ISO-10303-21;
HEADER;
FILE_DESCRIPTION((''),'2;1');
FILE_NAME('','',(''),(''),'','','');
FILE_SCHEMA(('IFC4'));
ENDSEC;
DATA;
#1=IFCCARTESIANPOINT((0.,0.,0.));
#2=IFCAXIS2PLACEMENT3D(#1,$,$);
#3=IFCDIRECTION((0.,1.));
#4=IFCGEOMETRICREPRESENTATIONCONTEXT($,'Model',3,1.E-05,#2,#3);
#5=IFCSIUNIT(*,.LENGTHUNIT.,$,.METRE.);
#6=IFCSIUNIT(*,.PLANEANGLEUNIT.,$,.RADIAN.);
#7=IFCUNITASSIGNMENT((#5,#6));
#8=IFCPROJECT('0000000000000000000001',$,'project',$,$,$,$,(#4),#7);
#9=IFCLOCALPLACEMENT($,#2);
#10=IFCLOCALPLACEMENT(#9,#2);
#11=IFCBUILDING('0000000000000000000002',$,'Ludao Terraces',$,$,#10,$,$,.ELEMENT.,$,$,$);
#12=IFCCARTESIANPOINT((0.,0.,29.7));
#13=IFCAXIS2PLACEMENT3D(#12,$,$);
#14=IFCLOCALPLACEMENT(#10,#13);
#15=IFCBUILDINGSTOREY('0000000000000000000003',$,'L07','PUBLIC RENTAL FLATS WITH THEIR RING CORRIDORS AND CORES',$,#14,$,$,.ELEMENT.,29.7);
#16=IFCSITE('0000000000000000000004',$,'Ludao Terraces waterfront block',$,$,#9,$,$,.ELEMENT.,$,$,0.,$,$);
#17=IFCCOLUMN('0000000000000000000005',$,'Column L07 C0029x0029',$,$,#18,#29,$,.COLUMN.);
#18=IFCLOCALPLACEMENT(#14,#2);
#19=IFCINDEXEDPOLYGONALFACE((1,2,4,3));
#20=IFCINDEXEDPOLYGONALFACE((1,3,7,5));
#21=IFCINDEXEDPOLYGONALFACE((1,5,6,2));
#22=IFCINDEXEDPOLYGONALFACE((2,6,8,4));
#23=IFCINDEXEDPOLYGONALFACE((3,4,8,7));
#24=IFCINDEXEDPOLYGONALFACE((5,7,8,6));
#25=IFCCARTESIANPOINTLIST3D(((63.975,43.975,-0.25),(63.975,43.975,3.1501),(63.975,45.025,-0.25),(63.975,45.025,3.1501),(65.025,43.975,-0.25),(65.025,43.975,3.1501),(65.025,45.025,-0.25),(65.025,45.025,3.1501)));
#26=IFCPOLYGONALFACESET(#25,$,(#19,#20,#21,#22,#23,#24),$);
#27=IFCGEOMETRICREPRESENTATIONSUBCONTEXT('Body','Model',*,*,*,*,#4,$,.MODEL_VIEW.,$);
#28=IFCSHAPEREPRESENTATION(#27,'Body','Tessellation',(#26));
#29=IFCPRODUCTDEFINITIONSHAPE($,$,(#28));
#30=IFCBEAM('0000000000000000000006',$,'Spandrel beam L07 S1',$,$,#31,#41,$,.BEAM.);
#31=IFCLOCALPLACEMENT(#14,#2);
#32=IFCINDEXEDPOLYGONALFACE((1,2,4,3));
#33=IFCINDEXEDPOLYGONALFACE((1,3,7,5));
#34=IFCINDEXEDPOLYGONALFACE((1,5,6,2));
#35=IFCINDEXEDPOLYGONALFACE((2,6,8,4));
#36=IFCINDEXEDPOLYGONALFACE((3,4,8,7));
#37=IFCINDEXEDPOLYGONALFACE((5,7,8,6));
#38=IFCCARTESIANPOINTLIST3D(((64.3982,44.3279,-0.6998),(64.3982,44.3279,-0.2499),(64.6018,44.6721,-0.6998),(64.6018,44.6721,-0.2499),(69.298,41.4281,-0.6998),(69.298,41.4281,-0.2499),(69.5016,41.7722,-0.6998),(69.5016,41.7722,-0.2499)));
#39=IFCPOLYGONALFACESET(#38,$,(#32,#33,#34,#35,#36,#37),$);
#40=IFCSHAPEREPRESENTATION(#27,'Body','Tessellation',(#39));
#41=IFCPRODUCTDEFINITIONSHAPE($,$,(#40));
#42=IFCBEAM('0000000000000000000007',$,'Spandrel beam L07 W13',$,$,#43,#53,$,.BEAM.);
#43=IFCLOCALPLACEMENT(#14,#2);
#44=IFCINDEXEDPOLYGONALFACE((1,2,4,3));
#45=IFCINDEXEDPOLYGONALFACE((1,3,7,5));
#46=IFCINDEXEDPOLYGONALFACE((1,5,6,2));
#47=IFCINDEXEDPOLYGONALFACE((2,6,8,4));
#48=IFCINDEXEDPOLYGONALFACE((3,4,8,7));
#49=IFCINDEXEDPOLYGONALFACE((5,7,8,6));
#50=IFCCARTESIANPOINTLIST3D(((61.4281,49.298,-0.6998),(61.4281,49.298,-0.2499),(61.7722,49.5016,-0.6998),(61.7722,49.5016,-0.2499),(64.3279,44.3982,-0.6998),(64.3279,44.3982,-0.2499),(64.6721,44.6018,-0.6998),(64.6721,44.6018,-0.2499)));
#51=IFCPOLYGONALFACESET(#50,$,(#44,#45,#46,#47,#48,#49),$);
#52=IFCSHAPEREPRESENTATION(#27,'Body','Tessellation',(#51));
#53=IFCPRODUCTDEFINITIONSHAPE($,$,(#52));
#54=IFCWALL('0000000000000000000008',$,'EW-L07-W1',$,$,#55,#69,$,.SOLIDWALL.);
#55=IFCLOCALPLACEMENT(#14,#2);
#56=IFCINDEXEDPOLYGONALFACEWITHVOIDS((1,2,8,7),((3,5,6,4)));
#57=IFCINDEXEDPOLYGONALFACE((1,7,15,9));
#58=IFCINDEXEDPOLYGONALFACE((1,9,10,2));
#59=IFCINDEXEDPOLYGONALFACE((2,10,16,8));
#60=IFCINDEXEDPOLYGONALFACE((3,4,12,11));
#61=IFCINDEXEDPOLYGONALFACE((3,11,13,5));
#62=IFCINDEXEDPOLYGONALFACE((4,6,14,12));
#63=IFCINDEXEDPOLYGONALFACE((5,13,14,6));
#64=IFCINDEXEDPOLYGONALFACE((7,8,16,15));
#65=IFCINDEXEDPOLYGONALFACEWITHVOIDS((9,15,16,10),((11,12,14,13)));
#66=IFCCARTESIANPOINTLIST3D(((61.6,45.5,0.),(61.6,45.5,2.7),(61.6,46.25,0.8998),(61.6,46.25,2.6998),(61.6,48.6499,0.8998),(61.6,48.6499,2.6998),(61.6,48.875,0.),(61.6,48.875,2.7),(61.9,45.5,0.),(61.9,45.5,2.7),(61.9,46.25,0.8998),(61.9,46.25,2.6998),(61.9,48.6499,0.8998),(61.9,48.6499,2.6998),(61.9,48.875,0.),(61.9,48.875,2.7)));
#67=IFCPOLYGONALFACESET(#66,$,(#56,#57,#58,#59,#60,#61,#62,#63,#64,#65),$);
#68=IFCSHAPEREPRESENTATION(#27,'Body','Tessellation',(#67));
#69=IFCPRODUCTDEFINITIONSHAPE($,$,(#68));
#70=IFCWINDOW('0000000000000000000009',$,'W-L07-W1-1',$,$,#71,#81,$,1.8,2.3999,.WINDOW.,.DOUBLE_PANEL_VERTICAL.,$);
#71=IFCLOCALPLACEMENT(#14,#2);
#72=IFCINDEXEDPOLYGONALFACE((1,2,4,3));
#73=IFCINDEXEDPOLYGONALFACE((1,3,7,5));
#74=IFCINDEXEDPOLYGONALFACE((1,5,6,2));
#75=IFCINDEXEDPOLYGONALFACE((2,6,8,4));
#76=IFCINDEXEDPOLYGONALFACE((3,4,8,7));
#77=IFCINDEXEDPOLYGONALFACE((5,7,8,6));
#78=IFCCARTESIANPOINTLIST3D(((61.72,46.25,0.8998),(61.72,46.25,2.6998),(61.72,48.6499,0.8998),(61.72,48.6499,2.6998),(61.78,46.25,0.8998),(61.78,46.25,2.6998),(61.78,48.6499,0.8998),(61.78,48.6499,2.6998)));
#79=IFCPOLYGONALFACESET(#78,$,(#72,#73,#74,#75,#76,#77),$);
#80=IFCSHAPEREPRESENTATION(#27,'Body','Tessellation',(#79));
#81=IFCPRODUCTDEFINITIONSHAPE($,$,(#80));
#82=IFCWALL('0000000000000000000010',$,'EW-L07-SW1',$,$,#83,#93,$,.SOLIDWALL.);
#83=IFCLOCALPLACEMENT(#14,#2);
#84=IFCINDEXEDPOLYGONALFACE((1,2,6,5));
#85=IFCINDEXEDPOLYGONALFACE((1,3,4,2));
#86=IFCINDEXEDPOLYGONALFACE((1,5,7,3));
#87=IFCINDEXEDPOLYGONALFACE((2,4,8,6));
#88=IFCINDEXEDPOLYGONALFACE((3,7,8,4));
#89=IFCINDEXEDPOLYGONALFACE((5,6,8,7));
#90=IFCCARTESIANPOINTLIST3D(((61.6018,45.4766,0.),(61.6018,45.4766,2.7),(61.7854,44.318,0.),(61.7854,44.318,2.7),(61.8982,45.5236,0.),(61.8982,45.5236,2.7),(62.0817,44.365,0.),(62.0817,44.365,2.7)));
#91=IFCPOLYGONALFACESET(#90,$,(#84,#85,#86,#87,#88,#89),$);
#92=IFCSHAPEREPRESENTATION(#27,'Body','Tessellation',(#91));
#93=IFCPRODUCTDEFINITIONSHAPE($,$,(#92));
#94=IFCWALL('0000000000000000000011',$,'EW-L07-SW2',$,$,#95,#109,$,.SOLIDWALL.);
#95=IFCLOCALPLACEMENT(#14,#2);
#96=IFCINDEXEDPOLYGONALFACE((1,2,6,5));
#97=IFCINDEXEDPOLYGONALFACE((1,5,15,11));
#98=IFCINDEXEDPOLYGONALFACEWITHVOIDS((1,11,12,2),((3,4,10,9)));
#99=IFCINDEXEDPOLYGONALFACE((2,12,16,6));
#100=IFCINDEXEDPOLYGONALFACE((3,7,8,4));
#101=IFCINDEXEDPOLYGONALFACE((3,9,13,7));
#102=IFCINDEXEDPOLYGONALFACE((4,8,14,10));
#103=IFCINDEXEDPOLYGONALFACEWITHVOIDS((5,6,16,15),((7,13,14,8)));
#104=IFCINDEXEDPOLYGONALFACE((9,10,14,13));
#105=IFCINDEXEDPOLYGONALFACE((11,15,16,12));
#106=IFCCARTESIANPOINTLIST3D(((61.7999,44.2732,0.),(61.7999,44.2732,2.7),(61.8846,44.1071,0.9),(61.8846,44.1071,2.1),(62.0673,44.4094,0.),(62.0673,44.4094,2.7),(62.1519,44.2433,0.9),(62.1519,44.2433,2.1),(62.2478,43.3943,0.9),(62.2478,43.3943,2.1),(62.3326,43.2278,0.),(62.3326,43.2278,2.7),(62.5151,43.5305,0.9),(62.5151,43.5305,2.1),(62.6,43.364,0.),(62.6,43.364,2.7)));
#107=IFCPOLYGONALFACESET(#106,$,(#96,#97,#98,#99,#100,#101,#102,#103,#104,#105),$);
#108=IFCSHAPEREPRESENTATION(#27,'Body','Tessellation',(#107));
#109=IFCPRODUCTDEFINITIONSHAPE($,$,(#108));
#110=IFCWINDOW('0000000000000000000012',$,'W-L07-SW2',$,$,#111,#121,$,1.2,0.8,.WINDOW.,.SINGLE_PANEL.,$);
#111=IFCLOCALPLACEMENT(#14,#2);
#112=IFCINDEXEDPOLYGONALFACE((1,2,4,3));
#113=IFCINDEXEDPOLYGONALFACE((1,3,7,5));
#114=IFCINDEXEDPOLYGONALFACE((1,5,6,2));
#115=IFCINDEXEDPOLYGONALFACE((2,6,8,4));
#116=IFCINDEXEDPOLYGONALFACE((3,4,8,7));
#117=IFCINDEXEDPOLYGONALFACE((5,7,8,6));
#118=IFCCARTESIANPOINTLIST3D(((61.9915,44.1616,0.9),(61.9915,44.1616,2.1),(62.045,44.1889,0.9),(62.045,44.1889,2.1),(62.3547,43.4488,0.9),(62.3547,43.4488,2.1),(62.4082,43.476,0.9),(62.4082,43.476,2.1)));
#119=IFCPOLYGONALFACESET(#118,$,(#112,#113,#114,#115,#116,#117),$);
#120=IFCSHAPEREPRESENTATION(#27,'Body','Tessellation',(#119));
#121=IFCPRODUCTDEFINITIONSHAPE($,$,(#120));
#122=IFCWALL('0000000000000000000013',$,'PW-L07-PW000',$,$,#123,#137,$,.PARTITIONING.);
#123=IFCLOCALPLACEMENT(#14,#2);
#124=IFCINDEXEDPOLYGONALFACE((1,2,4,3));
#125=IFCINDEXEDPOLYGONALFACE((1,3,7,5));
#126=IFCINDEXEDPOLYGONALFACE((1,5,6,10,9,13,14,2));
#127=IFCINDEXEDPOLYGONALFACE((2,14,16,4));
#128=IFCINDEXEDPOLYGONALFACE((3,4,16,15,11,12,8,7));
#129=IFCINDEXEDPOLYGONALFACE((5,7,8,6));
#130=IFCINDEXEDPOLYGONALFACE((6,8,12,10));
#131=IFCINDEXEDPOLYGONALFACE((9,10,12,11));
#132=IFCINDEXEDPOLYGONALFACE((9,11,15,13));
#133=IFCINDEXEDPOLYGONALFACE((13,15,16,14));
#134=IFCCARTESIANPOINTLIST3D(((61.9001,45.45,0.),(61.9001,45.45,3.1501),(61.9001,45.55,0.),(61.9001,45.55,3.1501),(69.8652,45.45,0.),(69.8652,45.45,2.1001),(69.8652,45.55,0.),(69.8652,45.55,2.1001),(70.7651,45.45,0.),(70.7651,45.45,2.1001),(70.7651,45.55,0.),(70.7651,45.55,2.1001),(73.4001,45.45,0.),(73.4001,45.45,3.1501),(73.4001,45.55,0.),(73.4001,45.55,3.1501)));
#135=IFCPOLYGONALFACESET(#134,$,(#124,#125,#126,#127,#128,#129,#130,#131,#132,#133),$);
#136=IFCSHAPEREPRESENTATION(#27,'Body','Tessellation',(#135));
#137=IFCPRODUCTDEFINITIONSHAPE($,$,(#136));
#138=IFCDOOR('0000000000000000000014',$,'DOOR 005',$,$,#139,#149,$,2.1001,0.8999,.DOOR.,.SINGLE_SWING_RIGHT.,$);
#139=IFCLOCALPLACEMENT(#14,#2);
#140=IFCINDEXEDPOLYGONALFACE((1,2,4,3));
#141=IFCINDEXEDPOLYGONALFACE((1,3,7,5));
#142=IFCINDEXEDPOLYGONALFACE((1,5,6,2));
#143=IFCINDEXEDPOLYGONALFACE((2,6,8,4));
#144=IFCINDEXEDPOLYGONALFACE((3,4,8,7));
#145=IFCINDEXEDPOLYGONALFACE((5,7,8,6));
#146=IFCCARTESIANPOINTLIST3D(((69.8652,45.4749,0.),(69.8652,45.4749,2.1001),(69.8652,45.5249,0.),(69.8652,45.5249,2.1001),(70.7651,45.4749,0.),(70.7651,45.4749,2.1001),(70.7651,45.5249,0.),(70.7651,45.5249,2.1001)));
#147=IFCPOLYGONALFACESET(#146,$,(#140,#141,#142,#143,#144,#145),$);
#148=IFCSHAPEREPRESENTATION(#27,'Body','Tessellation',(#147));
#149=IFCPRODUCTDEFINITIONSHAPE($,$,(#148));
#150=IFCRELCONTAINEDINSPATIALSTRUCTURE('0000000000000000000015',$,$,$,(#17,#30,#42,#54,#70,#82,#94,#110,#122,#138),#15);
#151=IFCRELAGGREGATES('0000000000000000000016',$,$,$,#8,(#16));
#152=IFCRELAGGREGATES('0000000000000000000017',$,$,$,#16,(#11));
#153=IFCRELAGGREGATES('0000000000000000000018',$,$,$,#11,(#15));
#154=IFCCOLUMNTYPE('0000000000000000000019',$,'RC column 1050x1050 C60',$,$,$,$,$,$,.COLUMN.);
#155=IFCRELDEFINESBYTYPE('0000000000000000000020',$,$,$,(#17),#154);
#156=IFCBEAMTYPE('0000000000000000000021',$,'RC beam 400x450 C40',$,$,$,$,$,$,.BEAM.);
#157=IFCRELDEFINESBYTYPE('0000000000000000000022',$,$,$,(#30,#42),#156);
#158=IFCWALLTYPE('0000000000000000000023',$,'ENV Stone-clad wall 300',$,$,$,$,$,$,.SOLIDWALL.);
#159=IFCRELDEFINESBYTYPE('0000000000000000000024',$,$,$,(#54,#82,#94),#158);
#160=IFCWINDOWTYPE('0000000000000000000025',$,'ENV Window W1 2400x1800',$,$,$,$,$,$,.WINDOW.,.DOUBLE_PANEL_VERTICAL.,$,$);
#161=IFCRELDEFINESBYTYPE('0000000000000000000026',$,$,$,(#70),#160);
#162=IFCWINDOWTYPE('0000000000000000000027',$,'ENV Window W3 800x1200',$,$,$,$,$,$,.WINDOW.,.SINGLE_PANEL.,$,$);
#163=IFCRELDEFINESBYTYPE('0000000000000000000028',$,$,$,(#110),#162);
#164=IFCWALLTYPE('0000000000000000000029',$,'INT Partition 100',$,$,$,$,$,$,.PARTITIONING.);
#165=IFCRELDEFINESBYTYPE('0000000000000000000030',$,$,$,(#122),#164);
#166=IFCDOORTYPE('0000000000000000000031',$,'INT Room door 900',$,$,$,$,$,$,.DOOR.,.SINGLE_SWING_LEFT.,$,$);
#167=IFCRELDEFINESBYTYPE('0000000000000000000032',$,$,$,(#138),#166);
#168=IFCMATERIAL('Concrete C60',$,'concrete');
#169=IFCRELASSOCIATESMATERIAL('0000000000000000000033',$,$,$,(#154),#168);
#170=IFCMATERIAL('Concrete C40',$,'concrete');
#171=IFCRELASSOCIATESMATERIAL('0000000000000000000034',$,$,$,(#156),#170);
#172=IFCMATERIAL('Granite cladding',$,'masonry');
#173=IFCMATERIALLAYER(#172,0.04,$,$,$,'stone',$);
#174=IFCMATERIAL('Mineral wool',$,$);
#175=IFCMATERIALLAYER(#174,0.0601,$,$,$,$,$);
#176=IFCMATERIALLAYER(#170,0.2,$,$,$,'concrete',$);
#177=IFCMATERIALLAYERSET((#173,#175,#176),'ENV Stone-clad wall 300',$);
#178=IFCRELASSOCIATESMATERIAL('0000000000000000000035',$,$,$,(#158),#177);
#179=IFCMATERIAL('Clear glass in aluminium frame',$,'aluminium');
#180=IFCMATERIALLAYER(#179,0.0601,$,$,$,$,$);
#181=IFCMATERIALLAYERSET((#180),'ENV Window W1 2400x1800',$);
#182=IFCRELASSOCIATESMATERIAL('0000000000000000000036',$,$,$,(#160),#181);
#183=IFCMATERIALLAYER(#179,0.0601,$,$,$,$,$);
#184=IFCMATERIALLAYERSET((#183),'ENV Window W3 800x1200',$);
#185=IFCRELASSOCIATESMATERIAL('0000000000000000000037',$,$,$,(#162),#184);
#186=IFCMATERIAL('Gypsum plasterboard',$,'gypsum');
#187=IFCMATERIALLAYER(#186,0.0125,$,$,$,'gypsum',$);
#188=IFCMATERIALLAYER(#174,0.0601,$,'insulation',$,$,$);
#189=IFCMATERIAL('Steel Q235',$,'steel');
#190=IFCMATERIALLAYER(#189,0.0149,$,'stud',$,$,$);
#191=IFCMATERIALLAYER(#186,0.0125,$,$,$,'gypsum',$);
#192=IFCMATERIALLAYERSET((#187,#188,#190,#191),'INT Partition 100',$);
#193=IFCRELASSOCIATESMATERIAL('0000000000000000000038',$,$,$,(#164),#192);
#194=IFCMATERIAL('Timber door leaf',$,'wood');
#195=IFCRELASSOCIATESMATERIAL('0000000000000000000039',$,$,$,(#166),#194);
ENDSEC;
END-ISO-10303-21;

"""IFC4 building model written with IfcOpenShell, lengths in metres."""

from ifc_helpers import new_model, si_unit, direction, frame, frame_2d, origin, origin_2d, place, context, subcontext, project, spatial, rectangle, extrude, material, layer, layer_set, material_profile, profile_set, type_object, element, fill, save


model = new_model("IFC4")

# Units and contexts
model_context = context("Model", 3, precision=1e-05, world=origin(), true_north=direction((0.0, 1.0)))
body_context = subcontext(model_context, "Body", "Model", "MODEL_VIEW")
ifc_project = project(units=[si_unit("LENGTHUNIT", "METRE"), si_unit("PLANEANGLEUNIT", "RADIAN")], contexts=[model_context])

# Site, building, storey
site_placement = place(None, origin())
site = spatial("IfcSite", under=ifc_project, at=site_placement, Name="Ludao Terraces waterfront block", CompositionType="ELEMENT", RefElevation=0.0)
building_placement = place(site_placement, origin())
building = spatial("IfcBuilding", under=site, at=building_placement, Name="Ludao Terraces", CompositionType="ELEMENT")
storey_placement = place(building_placement, frame((0.0, 0.0, 29.7)))
storey = spatial("IfcBuildingStorey", under=building, at=storey_placement, Name="L07", Description="PUBLIC RENTAL FLATS WITH THEIR RING CORRIDORS AND CORES", CompositionType="ELEMENT", Elevation=29.7)

# Column
ifc_material_1 = material(Name="Concrete C60", Category="concrete")
ifc_material_profile_1 = material_profile(ifc_material_1, rectangle(XDim=1.05, YDim=1.05, at=origin_2d()), Name="1050 X 1050")
ifc_profile_set_1 = profile_set([ifc_material_profile_1], Name="Concrete C60")
column_type = type_object("IfcColumnType", Name="RC column 1050x1050 C60", PredefinedType="COLUMN", material=ifc_profile_set_1)
column_placement = place(storey_placement, frame((64.5, 44.5, -0.25), z_axis=(0.0, 0.0, 1.0), x_axis=(1.0, 0.0, 0.0)))
element("IfcColumn", 1, at=column_placement, inside=storey, type_object=column_type, Name="Column L07 C0029x0029", PredefinedType="COLUMN", context=body_context, shape_type="SweptSolid", body=[
    extrude(rectangle(XDim=1.05, YDim=1.05, at=origin_2d()), origin(), (0.0, 0.0, 1.0), 3.4001),
])

# Beams
ifc_material_2 = material(Name="Concrete C40", Category="concrete")
ifc_material_profile_2 = material_profile(ifc_material_2, rectangle(XDim=0.3999, YDim=0.45, at=origin_2d()), Name="400 X 450")
ifc_profile_set_2 = profile_set([ifc_material_profile_2], Name="Concrete C40")
beam_type = type_object("IfcBeamType", Name="RC beam 400x450 C40", PredefinedType="BEAM", material=ifc_profile_set_2)
for number, where, z_axis, x_axis, name in (
    (2, (64.5, 44.5, -0.4749), (0.86058, -0.509316, 0.0), (0.509316, 0.86058, 0.0), "Spandrel beam L07 S1"),
    (3, (64.5, 44.5, -0.4749), (-0.509316, 0.86058, 0.0), (-0.86058, -0.509316, 0.0), "Spandrel beam L07 W13"),
):
    element("IfcBeam", number, at=place(storey_placement, frame(where, z_axis=z_axis, x_axis=x_axis)), inside=storey, type_object=beam_type, Name=name, PredefinedType="BEAM", context=body_context, shape_type="SweptSolid", body=[
        extrude(rectangle(XDim=0.3999, YDim=0.45, at=origin_2d()), origin(), (0.0, 0.0, 1.0), 5.6936),
    ])

# Wall, opening, window
ifc_material_3 = material(Name="Granite cladding", Category="masonry")
ifc_layer_1 = layer(ifc_material_3, 0.04, Category="stone")
ifc_material_4 = material(Name="Mineral wool")
ifc_layer_2 = layer(ifc_material_4, 0.0601)
ifc_layer_3 = layer(ifc_material_2, 0.2, Category="concrete")
ifc_layer_set_1 = layer_set([ifc_layer_1, ifc_layer_2, ifc_layer_3], Name="ENV Stone-clad wall 300")
wall_type_1 = type_object("IfcWallType", Name="ENV Stone-clad wall 300", PredefinedType="SOLIDWALL", material=ifc_layer_set_1)
wall_1_placement = place(storey_placement, frame((61.75, 45.5, 0.0), z_axis=(0.0, 0.0, 1.0), x_axis=(0.0, 1.0, 0.0)))
wall_1 = element("IfcWall", 4, at=wall_1_placement, inside=storey, type_object=wall_type_1, Name="EW-L07-W1", PredefinedType="SOLIDWALL", context=body_context, shape_type="SweptSolid", body=[
    extrude(rectangle(XDim=3.375, YDim=0.3, at=frame_2d((1.6875, 0.0))), origin(), (0.0, 0.0, 1.0), 2.7),
])
opening_1_placement = place(wall_1_placement, frame((0.75, 0.0, 0.8999)))
opening_1 = element("IfcOpeningElement", 5, at=opening_1_placement, cuts=wall_1, PredefinedType="OPENING", context=body_context, shape_type="SweptSolid", body=[
    extrude(rectangle(XDim=2.3999, YDim=1.8, at=frame_2d((1.2, 0.8999))), frame((0.0, 0.1602, 0.0), z_axis=(0.0, -1.0, 0.0), x_axis=(1.0, 0.0, 0.0)), (0.0, 0.0, 1.0), 0.3201),
])
ifc_material_5 = material(Name="Clear glass in aluminium frame", Category="aluminium")
ifc_layer_4 = layer(ifc_material_5, 0.0601)
ifc_layer_set_2 = layer_set([ifc_layer_4], Name="ENV Window W1 2400x1800")
window_type_1 = type_object("IfcWindowType", Name="ENV Window W1 2400x1800", PartitioningType="DOUBLE_PANEL_VERTICAL", PredefinedType="WINDOW", material=ifc_layer_set_2)
window_1_placement = place(opening_1_placement, origin())
window_1 = element("IfcWindow", 6, at=window_1_placement, inside=storey, type_object=window_type_1, Name="W-L07-W1-1", OverallHeight=1.8, OverallWidth=2.3999, PartitioningType="DOUBLE_PANEL_VERTICAL", PredefinedType="WINDOW", context=body_context, shape_type="SweptSolid", body=[
    extrude(rectangle(XDim=2.3999, YDim=1.8, at=frame_2d((1.2, 0.8999))), frame((0.0, 0.03, 0.0), z_axis=(0.0, -1.0, 0.0), x_axis=(1.0, 0.0, 0.0)), (0.0, 0.0, 1.0), 0.0601),
])
fill(opening_1, window_1)

# Wall
wall_2_placement = place(storey_placement, frame((61.75, 45.5, 0.0), z_axis=(0.0, 0.0, 1.0), x_axis=(0.156497, -0.987678, 0.0)))
element("IfcWall", 7, at=wall_2_placement, inside=storey, type_object=wall_type_1, Name="EW-L07-SW1", PredefinedType="SOLIDWALL", context=body_context, shape_type="SweptSolid", body=[
    extrude(rectangle(XDim=1.1731, YDim=0.3, at=frame_2d((0.5864, 0.0))), origin(), (0.0, 0.0, 1.0), 2.7),
])

# Wall, opening, window
wall_3_placement = place(storey_placement, frame((61.9336, 44.3413, 0.0), z_axis=(0.0, 0.0, 1.0), x_axis=(0.454026, -0.890989, 0.0)))
wall_3 = element("IfcWall", 8, at=wall_3_placement, inside=storey, type_object=wall_type_1, Name="EW-L07-SW2", PredefinedType="SOLIDWALL", context=body_context, shape_type="SweptSolid", body=[
    extrude(rectangle(XDim=1.1733, YDim=0.3, at=frame_2d((0.5867, 0.0))), origin(), (0.0, 0.0, 1.0), 2.7),
])
opening_2_placement = place(wall_3_placement, frame((0.1865, 0.0, 0.8999)))
opening_2 = element("IfcOpeningElement", 9, at=opening_2_placement, cuts=wall_3, PredefinedType="OPENING", context=body_context, shape_type="SweptSolid", body=[
    extrude(rectangle(XDim=0.8, YDim=1.2, at=frame_2d((0.3999, 0.6001))), frame((0.0, 0.1602, 0.0), z_axis=(0.0, -1.0, 0.0), x_axis=(1.0, 0.0, 0.0)), (0.0, 0.0, 1.0), 0.3201),
])
ifc_layer_5 = layer(ifc_material_5, 0.0601)
ifc_layer_set_3 = layer_set([ifc_layer_5], Name="ENV Window W3 800x1200")
window_type_2 = type_object("IfcWindowType", Name="ENV Window W3 800x1200", PartitioningType="SINGLE_PANEL", PredefinedType="WINDOW", material=ifc_layer_set_3)
window_2_placement = place(opening_2_placement, origin())
window_2 = element("IfcWindow", 10, at=window_2_placement, inside=storey, type_object=window_type_2, Name="W-L07-SW2", OverallHeight=1.2, OverallWidth=0.8, PartitioningType="SINGLE_PANEL", PredefinedType="WINDOW", context=body_context, shape_type="SweptSolid", body=[
    extrude(rectangle(XDim=0.8, YDim=1.2, at=frame_2d((0.3999, 0.6001))), frame((0.0, 0.03, 0.0), z_axis=(0.0, -1.0, 0.0), x_axis=(1.0, 0.0, 0.0)), (0.0, 0.0, 1.0), 0.0601),
])
fill(opening_2, window_2)

# Wall, opening, door
ifc_material_6 = material(Name="Gypsum plasterboard", Category="gypsum")
ifc_layer_6 = layer(ifc_material_6, 0.0125, Category="gypsum")
ifc_layer_7 = layer(ifc_material_4, 0.0601, Name="insulation")
ifc_material_7 = material(Name="Steel Q235", Category="steel")
ifc_layer_8 = layer(ifc_material_7, 0.0149, Name="stud")
ifc_layer_9 = layer(ifc_material_6, 0.0125, Category="gypsum")
ifc_layer_set_4 = layer_set([ifc_layer_6, ifc_layer_7, ifc_layer_8, ifc_layer_9], Name="INT Partition 100")
wall_type_2 = type_object("IfcWallType", Name="INT Partition 100", PredefinedType="PARTITIONING", material=ifc_layer_set_4)
wall_4_placement = place(storey_placement, frame((61.9001, 45.5, 0.0), z_axis=(0.0, 0.0, 1.0), x_axis=(1.0, 0.0, 0.0)))
wall_4 = element("IfcWall", 11, at=wall_4_placement, inside=storey, type_object=wall_type_2, Name="PW-L07-PW000", PredefinedType="PARTITIONING", context=body_context, shape_type="SweptSolid", body=[
    extrude(rectangle(XDim=11.5, YDim=0.1001, at=frame_2d((5.75, 0.0))), origin(), (0.0, 0.0, 1.0), 3.1501),
])
opening_3_placement = place(wall_4_placement, frame((7.9651, 0.0, 0.0)))
opening_3 = element("IfcOpeningElement", 12, at=opening_3_placement, cuts=wall_4, PredefinedType="OPENING", context=body_context, shape_type="SweptSolid", body=[
    extrude(rectangle(XDim=0.8999, YDim=2.1001, at=frame_2d((0.45, 1.05))), frame((0.0, 0.0601, 0.0), z_axis=(0.0, -1.0, 0.0), x_axis=(1.0, 0.0, 0.0)), (0.0, 0.0, 1.0), 0.1201),
])
ifc_material_8 = material(Name="Timber door leaf", Category="wood")
door_type = type_object("IfcDoorType", Name="INT Room door 900", OperationType="SINGLE_SWING_LEFT", PredefinedType="DOOR", material=ifc_material_8)
door_placement = place(opening_3_placement, origin())
door = element("IfcDoor", 13, at=door_placement, inside=storey, type_object=door_type, Name="DOOR 005", OperationType="SINGLE_SWING_RIGHT", OverallHeight=2.1001, OverallWidth=0.8999, PredefinedType="DOOR", context=body_context, shape_type="SweptSolid", body=[
    extrude(rectangle(XDim=0.8999, YDim=2.1001, at=frame_2d((0.45, 1.05))), frame((0.0, 0.0249, 0.0), z_axis=(0.0, -1.0, 0.0), x_axis=(1.0, 0.0, 0.0)), (0.0, 0.0, 1.0), 0.05),
])
fill(opening_3, door)

save(model, "model.ifc")
